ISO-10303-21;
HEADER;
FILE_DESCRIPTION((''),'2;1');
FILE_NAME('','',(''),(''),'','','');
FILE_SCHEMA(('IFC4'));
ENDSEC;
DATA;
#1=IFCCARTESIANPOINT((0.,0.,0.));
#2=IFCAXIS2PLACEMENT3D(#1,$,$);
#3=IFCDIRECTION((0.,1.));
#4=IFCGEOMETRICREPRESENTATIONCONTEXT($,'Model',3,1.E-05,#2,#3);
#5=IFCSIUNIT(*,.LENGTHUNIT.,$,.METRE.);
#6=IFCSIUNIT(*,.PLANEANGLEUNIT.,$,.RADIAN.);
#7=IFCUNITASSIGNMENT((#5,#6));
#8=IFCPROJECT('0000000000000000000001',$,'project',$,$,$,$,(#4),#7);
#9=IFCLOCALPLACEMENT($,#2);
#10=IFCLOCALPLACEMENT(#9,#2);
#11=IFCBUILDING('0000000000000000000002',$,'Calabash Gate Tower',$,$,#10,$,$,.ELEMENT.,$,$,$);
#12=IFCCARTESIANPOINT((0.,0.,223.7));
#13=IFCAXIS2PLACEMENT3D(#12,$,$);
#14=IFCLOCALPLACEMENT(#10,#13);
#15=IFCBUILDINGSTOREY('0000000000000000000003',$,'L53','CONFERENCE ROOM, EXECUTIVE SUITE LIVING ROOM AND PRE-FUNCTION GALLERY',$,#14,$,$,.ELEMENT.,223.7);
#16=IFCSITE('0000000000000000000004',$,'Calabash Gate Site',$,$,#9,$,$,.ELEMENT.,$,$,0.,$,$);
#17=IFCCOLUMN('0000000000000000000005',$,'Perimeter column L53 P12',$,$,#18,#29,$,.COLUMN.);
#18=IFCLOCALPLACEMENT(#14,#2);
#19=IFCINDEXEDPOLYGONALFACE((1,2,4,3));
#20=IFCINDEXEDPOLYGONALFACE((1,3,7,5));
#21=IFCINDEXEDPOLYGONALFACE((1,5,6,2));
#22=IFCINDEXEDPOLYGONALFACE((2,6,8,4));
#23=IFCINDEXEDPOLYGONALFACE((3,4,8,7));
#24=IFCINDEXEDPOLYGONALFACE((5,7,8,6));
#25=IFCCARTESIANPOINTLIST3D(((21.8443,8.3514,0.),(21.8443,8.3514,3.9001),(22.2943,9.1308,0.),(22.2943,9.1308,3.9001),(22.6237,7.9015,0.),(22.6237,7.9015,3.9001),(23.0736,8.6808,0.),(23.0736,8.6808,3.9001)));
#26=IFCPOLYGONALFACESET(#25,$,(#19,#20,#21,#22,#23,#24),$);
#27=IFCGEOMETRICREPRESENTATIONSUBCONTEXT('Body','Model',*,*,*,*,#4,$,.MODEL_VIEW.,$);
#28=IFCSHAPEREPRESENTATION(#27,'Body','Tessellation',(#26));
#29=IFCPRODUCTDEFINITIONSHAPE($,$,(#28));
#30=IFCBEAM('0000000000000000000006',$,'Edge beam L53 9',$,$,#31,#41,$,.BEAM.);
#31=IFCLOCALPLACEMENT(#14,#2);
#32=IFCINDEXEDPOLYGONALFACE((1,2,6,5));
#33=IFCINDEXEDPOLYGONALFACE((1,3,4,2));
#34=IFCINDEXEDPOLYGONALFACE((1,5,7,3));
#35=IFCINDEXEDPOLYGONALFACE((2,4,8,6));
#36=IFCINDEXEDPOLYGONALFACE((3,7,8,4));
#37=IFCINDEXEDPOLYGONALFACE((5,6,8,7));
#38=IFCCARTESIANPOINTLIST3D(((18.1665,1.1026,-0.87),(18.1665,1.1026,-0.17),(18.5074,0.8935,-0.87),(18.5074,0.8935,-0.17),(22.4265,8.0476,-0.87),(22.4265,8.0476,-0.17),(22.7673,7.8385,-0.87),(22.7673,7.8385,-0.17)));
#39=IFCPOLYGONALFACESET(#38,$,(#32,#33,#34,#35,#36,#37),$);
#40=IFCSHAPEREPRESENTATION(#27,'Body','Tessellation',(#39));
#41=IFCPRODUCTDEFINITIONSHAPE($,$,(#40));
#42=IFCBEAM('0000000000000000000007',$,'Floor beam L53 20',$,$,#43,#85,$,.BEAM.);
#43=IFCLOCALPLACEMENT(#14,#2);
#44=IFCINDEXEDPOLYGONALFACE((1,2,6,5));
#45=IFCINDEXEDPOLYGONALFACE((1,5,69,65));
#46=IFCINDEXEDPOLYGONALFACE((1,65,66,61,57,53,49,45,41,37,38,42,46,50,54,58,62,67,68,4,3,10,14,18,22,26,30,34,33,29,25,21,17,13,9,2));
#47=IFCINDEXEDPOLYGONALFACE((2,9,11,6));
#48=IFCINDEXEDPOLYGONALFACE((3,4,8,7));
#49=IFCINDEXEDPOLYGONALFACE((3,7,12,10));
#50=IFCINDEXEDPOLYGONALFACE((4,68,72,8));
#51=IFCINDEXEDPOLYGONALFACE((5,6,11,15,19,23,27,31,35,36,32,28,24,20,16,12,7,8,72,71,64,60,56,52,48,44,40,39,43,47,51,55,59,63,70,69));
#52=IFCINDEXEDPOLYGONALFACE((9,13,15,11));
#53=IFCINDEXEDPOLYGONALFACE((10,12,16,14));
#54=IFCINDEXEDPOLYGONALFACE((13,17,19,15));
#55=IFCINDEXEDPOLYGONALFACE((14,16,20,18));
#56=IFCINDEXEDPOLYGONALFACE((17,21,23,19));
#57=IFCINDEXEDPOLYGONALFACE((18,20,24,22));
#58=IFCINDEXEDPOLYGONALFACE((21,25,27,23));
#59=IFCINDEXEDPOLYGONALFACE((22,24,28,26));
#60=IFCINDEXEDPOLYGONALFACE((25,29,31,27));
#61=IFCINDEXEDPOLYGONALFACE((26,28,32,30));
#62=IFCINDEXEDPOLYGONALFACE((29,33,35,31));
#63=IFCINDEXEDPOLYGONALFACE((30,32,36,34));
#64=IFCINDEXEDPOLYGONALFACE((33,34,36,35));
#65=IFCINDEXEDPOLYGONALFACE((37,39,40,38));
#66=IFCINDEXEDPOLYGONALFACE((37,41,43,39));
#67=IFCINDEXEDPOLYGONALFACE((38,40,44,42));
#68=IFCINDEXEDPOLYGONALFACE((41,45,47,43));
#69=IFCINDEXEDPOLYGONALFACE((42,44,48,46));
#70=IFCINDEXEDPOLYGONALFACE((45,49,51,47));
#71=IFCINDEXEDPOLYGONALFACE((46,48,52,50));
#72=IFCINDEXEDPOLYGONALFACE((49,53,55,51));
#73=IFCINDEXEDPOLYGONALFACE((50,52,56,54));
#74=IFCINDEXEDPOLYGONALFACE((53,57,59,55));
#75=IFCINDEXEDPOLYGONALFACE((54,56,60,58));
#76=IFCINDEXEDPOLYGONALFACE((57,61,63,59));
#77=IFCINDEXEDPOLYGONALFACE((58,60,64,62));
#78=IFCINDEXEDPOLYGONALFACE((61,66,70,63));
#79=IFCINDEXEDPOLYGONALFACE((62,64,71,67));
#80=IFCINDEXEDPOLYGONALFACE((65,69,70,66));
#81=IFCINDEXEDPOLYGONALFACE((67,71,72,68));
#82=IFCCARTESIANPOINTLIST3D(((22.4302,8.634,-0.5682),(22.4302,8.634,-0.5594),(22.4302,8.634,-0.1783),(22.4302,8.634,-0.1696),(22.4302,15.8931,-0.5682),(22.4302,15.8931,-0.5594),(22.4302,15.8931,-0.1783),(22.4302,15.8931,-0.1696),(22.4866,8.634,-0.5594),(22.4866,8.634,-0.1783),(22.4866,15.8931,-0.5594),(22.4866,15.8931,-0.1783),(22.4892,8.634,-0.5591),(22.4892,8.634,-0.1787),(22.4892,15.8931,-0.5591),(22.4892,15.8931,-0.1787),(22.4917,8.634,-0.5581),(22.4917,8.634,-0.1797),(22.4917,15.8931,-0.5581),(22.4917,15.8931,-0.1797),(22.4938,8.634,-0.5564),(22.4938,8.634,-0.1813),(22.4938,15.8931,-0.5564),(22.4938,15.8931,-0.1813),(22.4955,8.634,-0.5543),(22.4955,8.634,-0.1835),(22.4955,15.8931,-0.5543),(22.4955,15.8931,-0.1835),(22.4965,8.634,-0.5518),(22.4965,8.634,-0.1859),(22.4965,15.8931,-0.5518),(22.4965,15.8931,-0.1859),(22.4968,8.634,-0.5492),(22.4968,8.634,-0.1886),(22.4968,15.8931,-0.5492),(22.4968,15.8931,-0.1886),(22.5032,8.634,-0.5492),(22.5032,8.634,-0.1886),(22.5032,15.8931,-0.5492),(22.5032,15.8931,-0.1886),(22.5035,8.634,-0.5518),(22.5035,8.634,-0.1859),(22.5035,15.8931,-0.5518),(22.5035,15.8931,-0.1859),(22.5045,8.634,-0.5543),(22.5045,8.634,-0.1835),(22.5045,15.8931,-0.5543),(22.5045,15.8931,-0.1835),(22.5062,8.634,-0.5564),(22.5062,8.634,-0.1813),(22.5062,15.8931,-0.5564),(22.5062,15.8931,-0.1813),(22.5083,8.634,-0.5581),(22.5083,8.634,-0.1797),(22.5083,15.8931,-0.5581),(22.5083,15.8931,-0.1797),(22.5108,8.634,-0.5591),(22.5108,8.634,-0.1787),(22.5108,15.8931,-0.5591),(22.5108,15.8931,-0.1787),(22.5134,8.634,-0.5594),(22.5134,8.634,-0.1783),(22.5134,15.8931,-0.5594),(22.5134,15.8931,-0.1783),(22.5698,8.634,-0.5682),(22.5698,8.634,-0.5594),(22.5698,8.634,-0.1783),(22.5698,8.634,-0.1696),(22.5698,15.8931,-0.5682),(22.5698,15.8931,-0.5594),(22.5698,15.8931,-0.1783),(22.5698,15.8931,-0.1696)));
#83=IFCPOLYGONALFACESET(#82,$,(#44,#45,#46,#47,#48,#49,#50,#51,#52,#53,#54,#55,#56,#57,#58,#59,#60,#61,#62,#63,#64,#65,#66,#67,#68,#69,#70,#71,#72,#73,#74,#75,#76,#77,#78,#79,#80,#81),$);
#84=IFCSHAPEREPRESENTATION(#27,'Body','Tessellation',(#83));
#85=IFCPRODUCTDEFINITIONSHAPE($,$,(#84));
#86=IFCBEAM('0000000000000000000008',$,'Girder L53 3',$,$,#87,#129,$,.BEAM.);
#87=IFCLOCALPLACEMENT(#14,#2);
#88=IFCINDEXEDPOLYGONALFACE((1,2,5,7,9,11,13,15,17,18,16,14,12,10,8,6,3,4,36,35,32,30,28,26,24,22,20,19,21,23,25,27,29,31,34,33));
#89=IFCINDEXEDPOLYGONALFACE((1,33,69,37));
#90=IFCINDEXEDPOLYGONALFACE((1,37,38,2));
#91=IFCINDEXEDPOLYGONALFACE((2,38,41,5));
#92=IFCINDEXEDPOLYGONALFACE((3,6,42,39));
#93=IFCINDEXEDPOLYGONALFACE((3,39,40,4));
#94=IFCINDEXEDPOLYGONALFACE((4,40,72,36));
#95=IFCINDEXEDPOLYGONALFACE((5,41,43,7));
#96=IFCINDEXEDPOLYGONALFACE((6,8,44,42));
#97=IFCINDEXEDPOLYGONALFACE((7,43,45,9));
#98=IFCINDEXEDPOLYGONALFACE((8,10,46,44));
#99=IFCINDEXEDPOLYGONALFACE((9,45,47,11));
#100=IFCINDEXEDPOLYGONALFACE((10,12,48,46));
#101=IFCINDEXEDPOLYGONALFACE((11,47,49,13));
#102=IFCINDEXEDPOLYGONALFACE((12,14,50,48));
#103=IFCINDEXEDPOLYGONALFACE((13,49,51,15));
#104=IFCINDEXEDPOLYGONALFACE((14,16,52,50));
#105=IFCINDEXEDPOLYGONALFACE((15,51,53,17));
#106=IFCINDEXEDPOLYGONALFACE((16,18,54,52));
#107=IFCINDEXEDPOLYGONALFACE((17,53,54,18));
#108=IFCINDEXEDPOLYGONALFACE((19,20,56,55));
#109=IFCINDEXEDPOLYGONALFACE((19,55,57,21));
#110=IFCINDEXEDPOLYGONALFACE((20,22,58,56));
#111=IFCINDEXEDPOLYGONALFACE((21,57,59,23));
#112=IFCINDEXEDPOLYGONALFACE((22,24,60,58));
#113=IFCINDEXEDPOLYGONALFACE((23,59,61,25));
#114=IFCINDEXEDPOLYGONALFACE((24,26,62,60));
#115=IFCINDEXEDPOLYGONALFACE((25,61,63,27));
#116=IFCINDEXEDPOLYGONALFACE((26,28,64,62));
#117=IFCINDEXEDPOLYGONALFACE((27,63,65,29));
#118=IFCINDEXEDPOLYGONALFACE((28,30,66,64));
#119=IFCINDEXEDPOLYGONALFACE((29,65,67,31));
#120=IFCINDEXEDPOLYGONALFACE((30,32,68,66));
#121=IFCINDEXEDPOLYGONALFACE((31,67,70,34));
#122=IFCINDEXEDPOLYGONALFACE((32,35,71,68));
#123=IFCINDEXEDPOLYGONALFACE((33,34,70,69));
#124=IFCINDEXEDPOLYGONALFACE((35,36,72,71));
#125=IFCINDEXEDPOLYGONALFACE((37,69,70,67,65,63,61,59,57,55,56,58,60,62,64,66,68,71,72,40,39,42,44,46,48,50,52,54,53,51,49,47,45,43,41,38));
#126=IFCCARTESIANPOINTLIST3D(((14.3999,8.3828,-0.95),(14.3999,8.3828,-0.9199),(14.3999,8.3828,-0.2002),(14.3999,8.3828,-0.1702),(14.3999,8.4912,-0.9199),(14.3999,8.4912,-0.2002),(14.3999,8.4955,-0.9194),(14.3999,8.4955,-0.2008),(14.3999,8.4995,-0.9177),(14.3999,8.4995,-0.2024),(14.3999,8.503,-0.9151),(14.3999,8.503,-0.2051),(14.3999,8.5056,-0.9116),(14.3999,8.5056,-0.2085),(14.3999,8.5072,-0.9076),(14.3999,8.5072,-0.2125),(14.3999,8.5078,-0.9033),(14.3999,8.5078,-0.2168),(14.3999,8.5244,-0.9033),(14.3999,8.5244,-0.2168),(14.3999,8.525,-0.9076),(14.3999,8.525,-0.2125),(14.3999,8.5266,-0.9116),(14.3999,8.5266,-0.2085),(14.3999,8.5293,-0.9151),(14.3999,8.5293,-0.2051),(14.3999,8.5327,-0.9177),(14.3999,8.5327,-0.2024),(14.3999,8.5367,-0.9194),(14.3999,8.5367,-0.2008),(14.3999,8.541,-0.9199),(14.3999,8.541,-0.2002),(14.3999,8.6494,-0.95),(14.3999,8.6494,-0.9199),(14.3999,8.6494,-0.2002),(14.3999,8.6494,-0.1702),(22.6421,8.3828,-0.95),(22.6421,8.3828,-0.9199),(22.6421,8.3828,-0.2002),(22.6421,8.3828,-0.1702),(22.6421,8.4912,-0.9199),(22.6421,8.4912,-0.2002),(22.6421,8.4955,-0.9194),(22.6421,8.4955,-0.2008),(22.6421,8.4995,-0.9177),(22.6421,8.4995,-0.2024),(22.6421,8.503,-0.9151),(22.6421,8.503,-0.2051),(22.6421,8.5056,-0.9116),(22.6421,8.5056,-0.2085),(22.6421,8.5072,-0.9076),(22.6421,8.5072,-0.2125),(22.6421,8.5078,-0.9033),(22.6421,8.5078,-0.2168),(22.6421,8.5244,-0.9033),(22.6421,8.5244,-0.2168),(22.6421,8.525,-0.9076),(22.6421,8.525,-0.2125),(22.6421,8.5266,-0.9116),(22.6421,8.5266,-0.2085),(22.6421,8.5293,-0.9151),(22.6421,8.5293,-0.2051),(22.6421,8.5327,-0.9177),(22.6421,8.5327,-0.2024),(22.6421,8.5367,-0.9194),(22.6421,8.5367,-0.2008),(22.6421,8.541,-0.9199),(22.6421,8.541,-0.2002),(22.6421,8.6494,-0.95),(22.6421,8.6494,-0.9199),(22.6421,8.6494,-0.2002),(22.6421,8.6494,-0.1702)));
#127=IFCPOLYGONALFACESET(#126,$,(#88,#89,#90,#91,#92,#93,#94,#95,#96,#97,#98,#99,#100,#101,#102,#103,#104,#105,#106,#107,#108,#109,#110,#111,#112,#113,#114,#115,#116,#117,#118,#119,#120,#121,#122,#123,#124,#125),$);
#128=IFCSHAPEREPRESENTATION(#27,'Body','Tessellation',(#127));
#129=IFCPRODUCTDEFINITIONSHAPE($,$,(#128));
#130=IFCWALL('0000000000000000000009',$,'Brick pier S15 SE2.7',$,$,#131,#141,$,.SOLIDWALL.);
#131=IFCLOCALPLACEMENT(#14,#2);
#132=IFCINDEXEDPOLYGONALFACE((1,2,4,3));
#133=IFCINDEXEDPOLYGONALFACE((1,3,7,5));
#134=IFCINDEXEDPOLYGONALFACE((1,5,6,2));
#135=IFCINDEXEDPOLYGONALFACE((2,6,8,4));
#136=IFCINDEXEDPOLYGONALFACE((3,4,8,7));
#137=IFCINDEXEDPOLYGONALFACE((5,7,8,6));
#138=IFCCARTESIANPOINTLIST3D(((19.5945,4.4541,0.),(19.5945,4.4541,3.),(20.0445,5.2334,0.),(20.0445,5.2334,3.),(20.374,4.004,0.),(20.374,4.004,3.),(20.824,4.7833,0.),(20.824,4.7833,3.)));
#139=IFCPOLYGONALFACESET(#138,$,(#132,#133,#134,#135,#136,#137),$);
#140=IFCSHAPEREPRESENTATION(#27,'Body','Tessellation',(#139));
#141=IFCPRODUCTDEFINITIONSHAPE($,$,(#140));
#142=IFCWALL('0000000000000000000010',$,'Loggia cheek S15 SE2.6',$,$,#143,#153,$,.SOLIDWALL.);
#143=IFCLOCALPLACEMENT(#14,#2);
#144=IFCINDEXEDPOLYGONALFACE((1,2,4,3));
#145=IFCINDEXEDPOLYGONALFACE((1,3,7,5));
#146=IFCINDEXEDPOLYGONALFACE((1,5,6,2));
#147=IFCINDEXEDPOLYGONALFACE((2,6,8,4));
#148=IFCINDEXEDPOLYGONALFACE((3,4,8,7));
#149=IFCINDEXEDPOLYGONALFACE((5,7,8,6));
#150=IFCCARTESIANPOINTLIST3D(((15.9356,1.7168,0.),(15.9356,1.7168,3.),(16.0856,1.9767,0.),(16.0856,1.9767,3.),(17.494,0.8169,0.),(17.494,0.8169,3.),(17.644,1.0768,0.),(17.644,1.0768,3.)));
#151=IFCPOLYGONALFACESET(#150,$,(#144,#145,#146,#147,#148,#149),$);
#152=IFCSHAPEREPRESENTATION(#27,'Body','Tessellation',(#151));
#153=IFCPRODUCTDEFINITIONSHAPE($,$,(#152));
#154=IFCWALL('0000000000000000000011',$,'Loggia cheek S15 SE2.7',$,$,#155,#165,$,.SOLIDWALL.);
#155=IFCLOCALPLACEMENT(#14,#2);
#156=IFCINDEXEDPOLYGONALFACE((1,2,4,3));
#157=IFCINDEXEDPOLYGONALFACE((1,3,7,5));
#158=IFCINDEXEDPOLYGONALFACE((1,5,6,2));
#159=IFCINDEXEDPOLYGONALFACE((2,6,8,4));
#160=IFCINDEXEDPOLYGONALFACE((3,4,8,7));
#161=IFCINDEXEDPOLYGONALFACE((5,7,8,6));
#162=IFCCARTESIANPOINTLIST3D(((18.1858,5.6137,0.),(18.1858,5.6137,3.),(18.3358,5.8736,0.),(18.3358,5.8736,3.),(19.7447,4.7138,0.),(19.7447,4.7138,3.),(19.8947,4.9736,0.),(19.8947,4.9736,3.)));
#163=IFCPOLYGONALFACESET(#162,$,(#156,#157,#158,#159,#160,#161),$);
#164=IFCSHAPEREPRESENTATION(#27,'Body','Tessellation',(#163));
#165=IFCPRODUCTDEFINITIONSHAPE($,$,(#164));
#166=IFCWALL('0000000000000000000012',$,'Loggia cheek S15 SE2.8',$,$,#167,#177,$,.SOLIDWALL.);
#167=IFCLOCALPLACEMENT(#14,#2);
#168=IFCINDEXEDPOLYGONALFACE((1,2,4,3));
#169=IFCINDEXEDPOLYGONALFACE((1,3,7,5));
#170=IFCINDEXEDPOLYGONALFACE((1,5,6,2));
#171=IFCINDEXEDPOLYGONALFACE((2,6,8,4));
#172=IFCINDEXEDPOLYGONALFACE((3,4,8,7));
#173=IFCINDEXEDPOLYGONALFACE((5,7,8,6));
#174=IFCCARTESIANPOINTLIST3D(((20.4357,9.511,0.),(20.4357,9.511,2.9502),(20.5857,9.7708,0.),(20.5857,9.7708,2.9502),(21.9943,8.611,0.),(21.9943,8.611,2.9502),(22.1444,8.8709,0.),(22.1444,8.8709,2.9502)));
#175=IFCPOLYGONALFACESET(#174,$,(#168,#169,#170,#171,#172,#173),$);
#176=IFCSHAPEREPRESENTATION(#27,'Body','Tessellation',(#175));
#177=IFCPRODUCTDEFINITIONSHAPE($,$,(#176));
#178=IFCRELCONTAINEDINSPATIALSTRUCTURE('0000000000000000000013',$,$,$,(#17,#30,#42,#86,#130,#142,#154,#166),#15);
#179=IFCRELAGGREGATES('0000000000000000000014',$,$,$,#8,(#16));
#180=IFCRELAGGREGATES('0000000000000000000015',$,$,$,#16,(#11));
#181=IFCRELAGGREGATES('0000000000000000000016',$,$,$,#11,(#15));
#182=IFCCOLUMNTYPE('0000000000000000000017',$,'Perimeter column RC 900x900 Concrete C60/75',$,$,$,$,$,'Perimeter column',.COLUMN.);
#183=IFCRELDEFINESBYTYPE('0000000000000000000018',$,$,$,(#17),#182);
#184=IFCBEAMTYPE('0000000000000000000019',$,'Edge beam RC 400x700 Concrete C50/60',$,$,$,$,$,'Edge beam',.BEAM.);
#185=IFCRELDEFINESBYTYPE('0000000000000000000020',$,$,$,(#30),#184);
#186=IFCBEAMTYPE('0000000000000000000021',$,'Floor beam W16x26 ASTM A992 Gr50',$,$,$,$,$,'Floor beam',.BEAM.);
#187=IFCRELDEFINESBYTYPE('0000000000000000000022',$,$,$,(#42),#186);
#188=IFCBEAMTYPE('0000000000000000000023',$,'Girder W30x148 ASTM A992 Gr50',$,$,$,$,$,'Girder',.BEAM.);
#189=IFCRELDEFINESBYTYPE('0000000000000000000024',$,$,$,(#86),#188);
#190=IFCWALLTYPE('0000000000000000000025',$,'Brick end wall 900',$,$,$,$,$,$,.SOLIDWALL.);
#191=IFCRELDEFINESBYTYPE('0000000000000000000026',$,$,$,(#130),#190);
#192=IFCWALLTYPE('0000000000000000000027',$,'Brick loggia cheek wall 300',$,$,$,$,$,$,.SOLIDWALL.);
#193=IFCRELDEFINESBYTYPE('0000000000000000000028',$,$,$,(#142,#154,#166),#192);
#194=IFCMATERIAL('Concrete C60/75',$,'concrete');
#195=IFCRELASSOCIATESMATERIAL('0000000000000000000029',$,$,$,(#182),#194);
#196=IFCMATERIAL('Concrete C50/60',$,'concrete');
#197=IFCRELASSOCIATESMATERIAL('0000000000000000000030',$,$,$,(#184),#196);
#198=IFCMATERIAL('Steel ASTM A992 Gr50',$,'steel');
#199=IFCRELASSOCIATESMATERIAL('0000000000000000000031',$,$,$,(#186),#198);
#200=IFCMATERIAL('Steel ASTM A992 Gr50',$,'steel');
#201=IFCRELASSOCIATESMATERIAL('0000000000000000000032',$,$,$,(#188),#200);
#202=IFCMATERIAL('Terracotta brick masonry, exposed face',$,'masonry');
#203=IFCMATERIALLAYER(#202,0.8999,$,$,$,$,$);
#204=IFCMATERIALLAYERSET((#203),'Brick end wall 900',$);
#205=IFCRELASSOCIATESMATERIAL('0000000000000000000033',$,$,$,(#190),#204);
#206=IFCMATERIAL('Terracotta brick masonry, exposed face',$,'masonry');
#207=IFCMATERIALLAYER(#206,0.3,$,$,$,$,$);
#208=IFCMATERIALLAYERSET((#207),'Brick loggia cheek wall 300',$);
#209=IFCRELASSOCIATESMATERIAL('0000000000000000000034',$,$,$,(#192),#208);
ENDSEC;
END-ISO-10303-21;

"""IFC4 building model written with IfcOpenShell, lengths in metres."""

from ifc_helpers import new_model, si_unit, direction, frame, frame_2d, origin, origin_2d, place, context, subcontext, project, spatial, rectangle, i_section, extrude, material, layer, layer_set, material_profile, profile_set, type_object, element, save


model = new_model("IFC4")

# Units and contexts
model_context = context("Model", 3, precision=1e-05, world=origin(), true_north=direction((0.0, 1.0)))
body_context = subcontext(model_context, "Body", "Model", "MODEL_VIEW")
ifc_project = project(units=[si_unit("LENGTHUNIT", "METRE"), si_unit("PLANEANGLEUNIT", "RADIAN")], contexts=[model_context])

# Site, building, storey
site_placement = place(None, origin())
site = spatial("IfcSite", under=ifc_project, at=site_placement, Name="Calabash Gate Site", CompositionType="ELEMENT", RefElevation=0.0)
building_placement = place(site_placement, origin())
building = spatial("IfcBuilding", under=site, at=building_placement, Name="Calabash Gate Tower", CompositionType="ELEMENT")
storey_placement = place(building_placement, frame((0.0, 0.0, 223.7)))
storey = spatial("IfcBuildingStorey", under=building, at=storey_placement, Name="L53", Description="CONFERENCE ROOM, EXECUTIVE SUITE LIVING ROOM AND PRE-FUNCTION GALLERY", CompositionType="ELEMENT", Elevation=223.7)

# Column
ifc_material_1 = material(Name="Concrete C60/75", Category="concrete")
ifc_material_profile_1 = material_profile(ifc_material_1, rectangle(XDim=0.8999, YDim=0.8999, at=origin_2d()))
ifc_profile_set_1 = profile_set([ifc_material_profile_1], Name="Concrete C60/75")
column_type = type_object("IfcColumnType", Name="Perimeter column RC 900x900 Concrete C60/75", ElementType="Perimeter column", PredefinedType="COLUMN", material=ifc_profile_set_1)
column_placement = place(storey_placement, frame((22.459, 8.5161, 0.0), z_axis=(0.0, 0.0, 1.0), x_axis=(0.5, 0.866025, 0.0)))
element("IfcColumn", 1, at=column_placement, inside=storey, type_object=column_type, Name="Perimeter column L53 P12", PredefinedType="COLUMN", context=body_context, shape_type="SweptSolid", body=[
    extrude(rectangle(XDim=0.8999, YDim=0.8999, at=origin_2d()), origin(), (0.0, 0.0, 1.0), 3.9001),
])

# Beams
ifc_material_2 = material(Name="Concrete C50/60", Category="concrete")
ifc_material_profile_2 = material_profile(ifc_material_2, rectangle(XDim=0.3999, YDim=0.7, at=origin_2d()))
ifc_profile_set_2 = profile_set([ifc_material_profile_2], Name="Concrete C50/60")
beam_type_1 = type_object("IfcBeamType", Name="Edge beam RC 400x700 Concrete C50/60", ElementType="Edge beam", PredefinedType="BEAM", material=ifc_profile_set_2)
beam_1_placement = place(storey_placement, frame((18.3369, 0.998, -0.52), z_axis=(0.522861, 0.852418, 0.0), x_axis=(-0.852418, 0.522861, 0.0)))
element("IfcBeam", 2, at=beam_1_placement, inside=storey, type_object=beam_type_1, Name="Edge beam L53 9", PredefinedType="BEAM", context=body_context, shape_type="SweptSolid", body=[
    extrude(rectangle(XDim=0.3999, YDim=0.7, at=origin_2d()), origin(), (0.0, 0.0, 1.0), 8.1475),
])
ifc_material_3 = material(Name="Steel ASTM A992 Gr50", Category="steel")
ifc_material_profile_3 = material_profile(ifc_material_3, i_section(OverallWidth=0.1396, OverallDepth=0.3987, WebThickness=0.0063, FlangeThickness=0.0088, FilletRadius=0.0103, at=origin_2d()))
ifc_profile_set_3 = profile_set([ifc_material_profile_3], Name="Steel ASTM A992 Gr50")
beam_type_2 = type_object("IfcBeamType", Name="Floor beam W16x26 ASTM A992 Gr50", ElementType="Floor beam", PredefinedType="BEAM", material=ifc_profile_set_3)
beam_2_placement = place(storey_placement, frame((22.5, 8.634, -0.3689), z_axis=(0.0, 1.0, 0.0), x_axis=(-1.0, 0.0, 0.0)))
element("IfcBeam", 3, at=beam_2_placement, inside=storey, type_object=beam_type_2, Name="Floor beam L53 20", PredefinedType="BEAM", context=body_context, shape_type="SweptSolid", body=[
    extrude(i_section(OverallWidth=0.1396, OverallDepth=0.3987, WebThickness=0.0063, FlangeThickness=0.0088, FilletRadius=0.0103, at=origin_2d()), origin(), (0.0, 0.0, 1.0), 7.259),
])
ifc_material_4 = material(Name="Steel ASTM A992 Gr50", Category="steel")
ifc_material_profile_4 = material_profile(ifc_material_4, i_section(OverallWidth=0.2666, OverallDepth=0.7798, WebThickness=0.0166, FlangeThickness=0.03, FilletRadius=0.0166, at=origin_2d()))
ifc_profile_set_4 = profile_set([ifc_material_profile_4], Name="Steel ASTM A992 Gr50")
beam_type_3 = type_object("IfcBeamType", Name="Girder W30x148 ASTM A992 Gr50", ElementType="Girder", PredefinedType="BEAM", material=ifc_profile_set_4)
beam_3_placement = place(storey_placement, frame((22.6421, 8.5161, -0.5601), z_axis=(-1.0, 0.0, 0.0), x_axis=(0.0, -1.0, 0.0)))
element("IfcBeam", 4, at=beam_3_placement, inside=storey, type_object=beam_type_3, Name="Girder L53 3", PredefinedType="BEAM", context=body_context, shape_type="SweptSolid", body=[
    extrude(i_section(OverallWidth=0.2666, OverallDepth=0.7798, WebThickness=0.0166, FlangeThickness=0.03, FilletRadius=0.0166, at=origin_2d()), origin(), (0.0, 0.0, 1.0), 8.2422),
])

# Walls
ifc_material_5 = material(Name="Terracotta brick masonry, exposed face", Category="masonry")
ifc_layer_1 = layer(ifc_material_5, 0.8999)
ifc_layer_set_1 = layer_set([ifc_layer_1], Name="Brick end wall 900")
wall_type_1 = type_object("IfcWallType", Name="Brick end wall 900", PredefinedType="SOLIDWALL", material=ifc_layer_set_1)
wall_1_placement = place(storey_placement, frame((20.5991, 4.3936, 0.0), z_axis=(0.0, 0.0, 1.0), x_axis=(-0.865964, 0.500106, 0.0)))
element("IfcWall", 5, at=wall_1_placement, inside=storey, type_object=wall_type_1, Name="Brick pier S15 SE2.7", PredefinedType="SOLIDWALL", context=body_context, shape_type="SweptSolid", body=[
    extrude(rectangle(XDim=0.9001, YDim=0.8999, at=frame_2d((0.4502, 0.0))), origin(), (0.0, 0.0, 1.0), 3.0),
])
ifc_material_6 = material(Name="Terracotta brick masonry, exposed face", Category="masonry")
ifc_layer_2 = layer(ifc_material_6, 0.3)
ifc_layer_set_2 = layer_set([ifc_layer_2], Name="Brick loggia cheek wall 300")
wall_type_2 = type_object("IfcWallType", Name="Brick loggia cheek wall 300", PredefinedType="SOLIDWALL", material=ifc_layer_set_2)
wall_2_placement = place(storey_placement, frame((17.5691, 0.9468, 0.0), z_axis=(0.0, 0.0, 1.0), x_axis=(-0.86598, 0.500079, 0.0)))
element("IfcWall", 6, at=wall_2_placement, inside=storey, type_object=wall_type_2, Name="Loggia cheek S15 SE2.6", PredefinedType="SOLIDWALL", context=body_context, shape_type="SweptSolid", body=[
    extrude(rectangle(XDim=1.7996, YDim=0.3, at=frame_2d((0.8999, 0.0))), origin(), (0.0, 0.0, 1.0), 3.0),
])
wall_3_placement = place(storey_placement, frame((19.8196, 4.8438, 0.0), z_axis=(0.0, 0.0, 1.0), x_axis=(-0.866048, 0.499961, 0.0)))
element("IfcWall", 7, at=wall_3_placement, inside=storey, type_object=wall_type_2, Name="Loggia cheek S15 SE2.7", PredefinedType="SOLIDWALL", context=body_context, shape_type="SweptSolid", body=[
    extrude(rectangle(XDim=1.8, YDim=0.3, at=frame_2d((0.8999, 0.0))), origin(), (0.0, 0.0, 1.0), 3.0),
])
wall_4_placement = place(storey_placement, frame((22.0693, 8.741, 0.0), z_axis=(0.0, 0.0, 1.0), x_axis=(-0.866014, 0.50002, 0.0)))
element("IfcWall", 8, at=wall_4_placement, inside=storey, type_object=wall_type_2, Name="Loggia cheek S15 SE2.8", PredefinedType="SOLIDWALL", context=body_context, shape_type="SweptSolid", body=[
    extrude(rectangle(XDim=1.7998, YDim=0.3, at=frame_2d((0.8999, 0.0))), origin(), (0.0, 0.0, 1.0), 2.9502),
])

save(model, "model.ifc")
